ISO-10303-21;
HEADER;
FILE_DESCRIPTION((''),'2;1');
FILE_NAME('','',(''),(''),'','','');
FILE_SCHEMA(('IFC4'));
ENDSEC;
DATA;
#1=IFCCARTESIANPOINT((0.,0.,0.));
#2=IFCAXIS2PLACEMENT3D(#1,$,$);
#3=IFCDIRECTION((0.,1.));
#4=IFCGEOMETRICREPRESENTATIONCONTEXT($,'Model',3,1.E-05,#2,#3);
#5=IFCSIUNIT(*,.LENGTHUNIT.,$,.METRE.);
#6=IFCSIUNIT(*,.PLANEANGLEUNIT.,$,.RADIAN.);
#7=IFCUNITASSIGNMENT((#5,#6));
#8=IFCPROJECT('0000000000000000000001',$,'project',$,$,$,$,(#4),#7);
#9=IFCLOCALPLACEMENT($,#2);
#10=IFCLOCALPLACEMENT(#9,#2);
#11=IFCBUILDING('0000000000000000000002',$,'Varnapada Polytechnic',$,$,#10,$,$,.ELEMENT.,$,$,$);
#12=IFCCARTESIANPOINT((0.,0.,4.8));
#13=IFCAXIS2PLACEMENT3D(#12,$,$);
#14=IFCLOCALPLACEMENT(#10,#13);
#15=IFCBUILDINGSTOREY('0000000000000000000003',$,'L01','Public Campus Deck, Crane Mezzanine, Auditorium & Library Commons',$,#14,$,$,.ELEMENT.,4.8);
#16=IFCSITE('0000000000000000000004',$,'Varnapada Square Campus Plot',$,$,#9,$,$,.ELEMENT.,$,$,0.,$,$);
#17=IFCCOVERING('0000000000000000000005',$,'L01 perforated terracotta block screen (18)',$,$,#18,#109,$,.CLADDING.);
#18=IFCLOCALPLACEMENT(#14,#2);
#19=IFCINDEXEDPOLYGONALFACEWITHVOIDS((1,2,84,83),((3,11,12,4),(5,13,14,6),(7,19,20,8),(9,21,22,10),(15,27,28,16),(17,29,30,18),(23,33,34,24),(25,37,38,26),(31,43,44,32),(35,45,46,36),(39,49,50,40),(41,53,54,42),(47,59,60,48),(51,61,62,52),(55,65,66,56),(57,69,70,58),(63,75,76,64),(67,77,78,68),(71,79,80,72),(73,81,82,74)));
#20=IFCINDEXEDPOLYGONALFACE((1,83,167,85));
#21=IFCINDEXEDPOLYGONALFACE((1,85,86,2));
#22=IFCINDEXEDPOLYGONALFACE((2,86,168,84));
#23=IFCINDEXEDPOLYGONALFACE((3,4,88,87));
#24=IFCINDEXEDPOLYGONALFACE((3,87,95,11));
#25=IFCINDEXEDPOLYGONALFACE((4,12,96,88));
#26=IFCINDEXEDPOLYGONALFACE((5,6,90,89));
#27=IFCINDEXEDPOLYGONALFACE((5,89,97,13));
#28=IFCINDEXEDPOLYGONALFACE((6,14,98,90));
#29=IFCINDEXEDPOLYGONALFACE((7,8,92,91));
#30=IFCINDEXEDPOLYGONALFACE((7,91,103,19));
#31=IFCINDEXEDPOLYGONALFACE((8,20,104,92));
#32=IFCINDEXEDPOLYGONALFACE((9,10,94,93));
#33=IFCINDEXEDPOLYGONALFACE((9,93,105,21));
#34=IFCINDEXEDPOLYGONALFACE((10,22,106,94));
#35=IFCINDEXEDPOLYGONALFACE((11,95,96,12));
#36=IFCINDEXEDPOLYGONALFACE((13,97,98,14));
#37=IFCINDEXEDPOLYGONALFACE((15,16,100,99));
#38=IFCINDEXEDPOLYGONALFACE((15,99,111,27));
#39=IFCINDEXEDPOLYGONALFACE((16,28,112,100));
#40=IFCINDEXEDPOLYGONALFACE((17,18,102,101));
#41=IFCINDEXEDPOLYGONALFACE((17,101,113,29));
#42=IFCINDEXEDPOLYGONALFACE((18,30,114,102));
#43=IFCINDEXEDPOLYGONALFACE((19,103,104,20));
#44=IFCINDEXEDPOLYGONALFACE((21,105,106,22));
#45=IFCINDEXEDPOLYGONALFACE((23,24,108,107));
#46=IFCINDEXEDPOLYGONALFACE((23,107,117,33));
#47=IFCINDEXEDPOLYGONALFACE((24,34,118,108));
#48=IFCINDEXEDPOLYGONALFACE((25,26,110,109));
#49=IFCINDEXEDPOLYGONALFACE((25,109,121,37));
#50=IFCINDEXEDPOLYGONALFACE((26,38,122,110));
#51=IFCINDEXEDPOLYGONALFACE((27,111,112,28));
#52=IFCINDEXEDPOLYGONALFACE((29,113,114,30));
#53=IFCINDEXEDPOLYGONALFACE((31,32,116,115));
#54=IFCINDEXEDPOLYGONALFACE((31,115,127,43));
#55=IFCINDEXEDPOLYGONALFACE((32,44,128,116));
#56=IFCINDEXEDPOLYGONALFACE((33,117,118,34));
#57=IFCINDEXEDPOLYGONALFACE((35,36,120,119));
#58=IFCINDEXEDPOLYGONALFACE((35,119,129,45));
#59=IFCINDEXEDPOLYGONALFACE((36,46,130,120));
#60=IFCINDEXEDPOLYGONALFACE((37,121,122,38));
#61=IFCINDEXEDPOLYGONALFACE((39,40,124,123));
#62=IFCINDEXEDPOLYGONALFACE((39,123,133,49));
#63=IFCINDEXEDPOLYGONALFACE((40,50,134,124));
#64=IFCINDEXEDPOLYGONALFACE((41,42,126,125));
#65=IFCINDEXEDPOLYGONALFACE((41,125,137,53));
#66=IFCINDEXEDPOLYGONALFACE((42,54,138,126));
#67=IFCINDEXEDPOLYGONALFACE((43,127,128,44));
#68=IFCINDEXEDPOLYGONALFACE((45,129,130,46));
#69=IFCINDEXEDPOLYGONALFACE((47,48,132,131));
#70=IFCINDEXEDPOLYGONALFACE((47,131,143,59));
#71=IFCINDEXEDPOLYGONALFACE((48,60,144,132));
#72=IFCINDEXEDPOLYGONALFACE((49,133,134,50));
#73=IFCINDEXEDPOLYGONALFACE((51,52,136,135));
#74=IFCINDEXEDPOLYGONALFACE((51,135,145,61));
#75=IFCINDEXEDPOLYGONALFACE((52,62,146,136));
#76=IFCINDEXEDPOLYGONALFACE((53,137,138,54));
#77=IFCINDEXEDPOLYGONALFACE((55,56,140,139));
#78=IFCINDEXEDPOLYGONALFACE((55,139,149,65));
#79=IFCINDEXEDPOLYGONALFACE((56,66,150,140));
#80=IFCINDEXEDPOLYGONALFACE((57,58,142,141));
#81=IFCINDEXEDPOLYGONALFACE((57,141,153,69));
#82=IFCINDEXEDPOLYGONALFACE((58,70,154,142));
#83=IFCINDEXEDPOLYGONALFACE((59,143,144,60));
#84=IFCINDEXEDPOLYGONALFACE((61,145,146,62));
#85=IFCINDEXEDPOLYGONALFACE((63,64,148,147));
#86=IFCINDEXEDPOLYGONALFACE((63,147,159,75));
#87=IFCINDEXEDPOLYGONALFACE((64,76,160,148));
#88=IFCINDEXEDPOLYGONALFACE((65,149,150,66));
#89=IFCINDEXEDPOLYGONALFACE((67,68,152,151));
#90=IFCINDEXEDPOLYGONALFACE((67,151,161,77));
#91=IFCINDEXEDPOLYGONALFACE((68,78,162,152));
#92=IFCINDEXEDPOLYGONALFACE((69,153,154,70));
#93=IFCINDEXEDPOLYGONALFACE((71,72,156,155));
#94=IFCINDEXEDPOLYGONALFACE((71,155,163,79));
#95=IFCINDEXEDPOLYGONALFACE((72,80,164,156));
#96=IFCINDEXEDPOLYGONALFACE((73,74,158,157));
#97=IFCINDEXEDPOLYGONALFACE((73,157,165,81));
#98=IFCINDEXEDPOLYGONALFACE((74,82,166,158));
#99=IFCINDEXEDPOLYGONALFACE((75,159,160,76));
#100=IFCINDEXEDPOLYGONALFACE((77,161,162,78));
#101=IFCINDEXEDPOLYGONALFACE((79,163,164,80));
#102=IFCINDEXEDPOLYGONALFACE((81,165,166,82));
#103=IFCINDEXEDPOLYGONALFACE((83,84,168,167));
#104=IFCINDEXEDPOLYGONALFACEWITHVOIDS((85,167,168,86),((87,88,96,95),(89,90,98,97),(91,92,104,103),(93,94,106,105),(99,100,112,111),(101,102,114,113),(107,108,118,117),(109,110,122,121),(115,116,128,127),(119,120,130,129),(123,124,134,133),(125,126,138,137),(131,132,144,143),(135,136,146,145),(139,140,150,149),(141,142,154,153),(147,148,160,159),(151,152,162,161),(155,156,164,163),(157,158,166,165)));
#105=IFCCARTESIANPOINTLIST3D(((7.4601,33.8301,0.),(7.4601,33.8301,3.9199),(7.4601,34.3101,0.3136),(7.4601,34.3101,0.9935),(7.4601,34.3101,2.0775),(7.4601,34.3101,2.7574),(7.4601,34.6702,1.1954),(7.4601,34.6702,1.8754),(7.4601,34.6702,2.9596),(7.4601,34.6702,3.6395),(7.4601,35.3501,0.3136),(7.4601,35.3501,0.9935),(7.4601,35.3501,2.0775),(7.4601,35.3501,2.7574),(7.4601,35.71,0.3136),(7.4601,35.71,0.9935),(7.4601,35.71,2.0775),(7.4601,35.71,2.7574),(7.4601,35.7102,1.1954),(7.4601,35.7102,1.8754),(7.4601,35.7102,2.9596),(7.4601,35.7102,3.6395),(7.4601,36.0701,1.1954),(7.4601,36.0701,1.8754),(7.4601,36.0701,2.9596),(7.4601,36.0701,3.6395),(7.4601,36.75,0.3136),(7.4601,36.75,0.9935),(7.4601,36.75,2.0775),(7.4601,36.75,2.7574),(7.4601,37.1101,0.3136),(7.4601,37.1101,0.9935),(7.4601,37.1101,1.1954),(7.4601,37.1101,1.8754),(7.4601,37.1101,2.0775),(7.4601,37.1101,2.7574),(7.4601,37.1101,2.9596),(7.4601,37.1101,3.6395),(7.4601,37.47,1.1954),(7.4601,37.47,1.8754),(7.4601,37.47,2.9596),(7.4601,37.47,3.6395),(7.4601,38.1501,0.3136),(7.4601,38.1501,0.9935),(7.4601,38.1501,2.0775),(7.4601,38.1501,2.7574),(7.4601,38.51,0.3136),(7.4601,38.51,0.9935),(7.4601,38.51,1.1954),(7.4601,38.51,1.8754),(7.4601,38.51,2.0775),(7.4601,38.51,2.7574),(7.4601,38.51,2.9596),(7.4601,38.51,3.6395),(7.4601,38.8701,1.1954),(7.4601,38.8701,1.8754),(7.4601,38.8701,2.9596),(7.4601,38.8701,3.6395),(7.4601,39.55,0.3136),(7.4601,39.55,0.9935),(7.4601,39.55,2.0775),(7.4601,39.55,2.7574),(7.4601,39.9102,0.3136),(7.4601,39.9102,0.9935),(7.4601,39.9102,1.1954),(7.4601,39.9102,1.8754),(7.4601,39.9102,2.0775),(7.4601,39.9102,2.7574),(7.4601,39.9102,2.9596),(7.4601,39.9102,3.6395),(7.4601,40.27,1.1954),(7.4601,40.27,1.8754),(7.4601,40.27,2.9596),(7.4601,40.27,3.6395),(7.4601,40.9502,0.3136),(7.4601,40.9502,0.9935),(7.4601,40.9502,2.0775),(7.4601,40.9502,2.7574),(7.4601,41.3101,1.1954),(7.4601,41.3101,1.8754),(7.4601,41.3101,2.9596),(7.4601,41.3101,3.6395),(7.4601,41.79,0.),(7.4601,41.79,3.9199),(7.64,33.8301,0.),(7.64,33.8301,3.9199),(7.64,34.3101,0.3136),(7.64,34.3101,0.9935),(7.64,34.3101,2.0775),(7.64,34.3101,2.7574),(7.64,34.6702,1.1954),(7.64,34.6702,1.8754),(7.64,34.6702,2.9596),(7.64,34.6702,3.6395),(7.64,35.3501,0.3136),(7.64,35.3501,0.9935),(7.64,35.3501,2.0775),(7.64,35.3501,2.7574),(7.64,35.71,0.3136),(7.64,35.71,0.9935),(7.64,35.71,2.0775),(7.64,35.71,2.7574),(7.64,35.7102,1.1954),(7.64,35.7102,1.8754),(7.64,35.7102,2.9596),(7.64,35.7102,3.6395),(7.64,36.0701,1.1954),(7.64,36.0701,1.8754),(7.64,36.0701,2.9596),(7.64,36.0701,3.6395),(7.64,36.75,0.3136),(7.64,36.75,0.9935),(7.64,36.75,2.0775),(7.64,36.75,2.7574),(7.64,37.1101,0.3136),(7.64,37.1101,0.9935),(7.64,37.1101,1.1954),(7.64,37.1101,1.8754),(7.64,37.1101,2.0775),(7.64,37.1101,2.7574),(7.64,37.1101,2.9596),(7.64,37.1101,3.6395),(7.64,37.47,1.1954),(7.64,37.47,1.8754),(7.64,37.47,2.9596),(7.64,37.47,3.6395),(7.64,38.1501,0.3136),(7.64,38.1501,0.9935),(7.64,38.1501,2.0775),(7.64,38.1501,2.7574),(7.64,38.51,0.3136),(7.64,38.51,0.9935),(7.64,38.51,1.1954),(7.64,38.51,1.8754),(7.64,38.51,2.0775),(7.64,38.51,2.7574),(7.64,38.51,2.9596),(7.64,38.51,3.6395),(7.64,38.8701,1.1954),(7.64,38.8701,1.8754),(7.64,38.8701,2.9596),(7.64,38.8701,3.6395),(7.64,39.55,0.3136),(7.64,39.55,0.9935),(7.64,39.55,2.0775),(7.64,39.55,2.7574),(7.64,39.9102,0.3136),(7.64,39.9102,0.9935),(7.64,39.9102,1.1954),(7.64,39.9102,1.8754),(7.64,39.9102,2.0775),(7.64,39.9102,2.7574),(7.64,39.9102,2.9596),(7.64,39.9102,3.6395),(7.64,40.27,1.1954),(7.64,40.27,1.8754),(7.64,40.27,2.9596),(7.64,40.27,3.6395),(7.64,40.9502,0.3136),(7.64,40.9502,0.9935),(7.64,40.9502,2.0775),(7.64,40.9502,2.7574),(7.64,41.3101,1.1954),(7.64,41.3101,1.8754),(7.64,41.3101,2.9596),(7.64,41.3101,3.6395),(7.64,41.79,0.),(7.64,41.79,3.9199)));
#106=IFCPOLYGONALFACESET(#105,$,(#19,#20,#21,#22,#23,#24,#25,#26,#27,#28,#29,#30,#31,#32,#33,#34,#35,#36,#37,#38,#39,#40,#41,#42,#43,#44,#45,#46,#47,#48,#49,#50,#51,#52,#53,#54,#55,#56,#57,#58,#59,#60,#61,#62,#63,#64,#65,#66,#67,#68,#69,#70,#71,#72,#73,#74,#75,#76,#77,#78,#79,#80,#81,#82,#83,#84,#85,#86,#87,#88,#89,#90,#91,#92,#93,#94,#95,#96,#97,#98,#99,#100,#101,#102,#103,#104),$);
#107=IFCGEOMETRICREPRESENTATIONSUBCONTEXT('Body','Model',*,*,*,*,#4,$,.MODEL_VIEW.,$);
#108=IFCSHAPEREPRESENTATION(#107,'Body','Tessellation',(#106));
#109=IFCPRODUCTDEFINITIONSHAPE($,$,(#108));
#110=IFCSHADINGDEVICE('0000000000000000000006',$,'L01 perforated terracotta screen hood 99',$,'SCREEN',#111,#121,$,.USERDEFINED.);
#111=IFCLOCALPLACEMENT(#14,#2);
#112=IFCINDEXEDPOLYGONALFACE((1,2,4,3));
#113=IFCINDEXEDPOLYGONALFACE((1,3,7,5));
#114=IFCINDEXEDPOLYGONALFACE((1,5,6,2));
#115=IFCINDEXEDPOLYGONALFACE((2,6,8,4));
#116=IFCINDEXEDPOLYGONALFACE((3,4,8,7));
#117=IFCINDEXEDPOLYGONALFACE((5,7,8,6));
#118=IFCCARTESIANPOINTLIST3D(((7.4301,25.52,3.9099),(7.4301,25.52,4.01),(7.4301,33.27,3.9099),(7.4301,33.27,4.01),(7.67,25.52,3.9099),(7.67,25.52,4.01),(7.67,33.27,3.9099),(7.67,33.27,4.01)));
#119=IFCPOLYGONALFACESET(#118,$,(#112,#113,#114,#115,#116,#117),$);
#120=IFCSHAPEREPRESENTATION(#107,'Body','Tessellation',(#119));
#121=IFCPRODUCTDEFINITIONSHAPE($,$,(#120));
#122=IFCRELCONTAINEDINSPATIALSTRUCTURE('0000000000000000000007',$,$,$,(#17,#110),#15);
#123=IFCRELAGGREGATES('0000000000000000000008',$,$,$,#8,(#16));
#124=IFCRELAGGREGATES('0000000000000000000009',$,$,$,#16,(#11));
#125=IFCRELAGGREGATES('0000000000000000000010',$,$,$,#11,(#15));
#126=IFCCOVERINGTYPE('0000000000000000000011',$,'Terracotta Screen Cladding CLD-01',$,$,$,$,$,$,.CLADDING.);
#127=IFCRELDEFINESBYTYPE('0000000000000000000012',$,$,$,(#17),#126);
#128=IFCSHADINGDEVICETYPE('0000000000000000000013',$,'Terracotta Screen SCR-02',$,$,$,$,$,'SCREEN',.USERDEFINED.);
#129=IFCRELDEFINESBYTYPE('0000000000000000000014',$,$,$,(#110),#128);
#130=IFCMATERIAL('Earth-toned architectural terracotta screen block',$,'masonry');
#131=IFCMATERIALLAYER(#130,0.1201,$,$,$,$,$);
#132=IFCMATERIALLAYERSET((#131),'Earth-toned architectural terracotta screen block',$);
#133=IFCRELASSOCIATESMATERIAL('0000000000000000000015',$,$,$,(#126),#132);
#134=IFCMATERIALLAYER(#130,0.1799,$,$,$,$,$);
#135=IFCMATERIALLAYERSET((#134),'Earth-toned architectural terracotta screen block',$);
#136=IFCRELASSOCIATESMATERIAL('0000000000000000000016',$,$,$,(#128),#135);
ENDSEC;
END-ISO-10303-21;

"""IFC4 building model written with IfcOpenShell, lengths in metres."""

from ifc_helpers import new_model, si_unit, direction, frame, frame_2d, origin, origin_2d, place, context, subcontext, project, spatial, rectangle, extrude, material, layer, layer_set, type_object, element, save


model = new_model("IFC4")

# Units and contexts
model_context = context("Model", 3, precision=1e-05, world=origin(), true_north=direction((0.0, 1.0)))
body_context = subcontext(model_context, "Body", "Model", "MODEL_VIEW")
ifc_project = project(units=[si_unit("LENGTHUNIT", "METRE"), si_unit("PLANEANGLEUNIT", "RADIAN")], contexts=[model_context])

# Site, building, storey
site_placement = place(None, origin())
site = spatial("IfcSite", under=ifc_project, at=site_placement, Name="Varnapada Square Campus Plot", CompositionType="ELEMENT", RefElevation=0.0)
building_placement = place(site_placement, origin())
building = spatial("IfcBuilding", under=site, at=building_placement, Name="Varnapada Polytechnic", CompositionType="ELEMENT")
storey_placement = place(building_placement, frame((0.0, 0.0, 4.8)))
storey = spatial("IfcBuildingStorey", under=building, at=storey_placement, Name="L01", Description="Public Campus Deck, Crane Mezzanine, Auditorium & Library Commons", CompositionType="ELEMENT", Elevation=4.8)

# Covering, openings
ifc_material_1 = material(Name="Earth-toned architectural terracotta screen block", Category="masonry")
ifc_layer_1 = layer(ifc_material_1, 0.1201)
ifc_layer_set_1 = layer_set([ifc_layer_1], Name="Earth-toned architectural terracotta screen block")
covering_type = type_object("IfcCoveringType", Name="Terracotta Screen Cladding CLD-01", PredefinedType="CLADDING", material=ifc_layer_set_1)
covering_placement = place(storey_placement, frame((7.55, 33.8301, 0.0), z_axis=(0.0, 0.0, 1.0), x_axis=(0.0, 1.0, 0.0)))
covering = element("IfcCovering", 1, at=covering_placement, inside=storey, type_object=covering_type, Name="L01 perforated terracotta block screen (18)", PredefinedType="CLADDING", context=body_context, shape_type="SweptSolid", body=[
    extrude(rectangle(XDim=7.96, YDim=0.1799, at=frame_2d((3.98, 0.0))), origin(), (0.0, 0.0, 1.0), 3.9199),
])
opening_1_placement = place(covering_placement, frame((0.48, 0.0, 0.3137)))
element("IfcOpeningElement", 2, at=opening_1_placement, cuts=covering, PredefinedType="OPENING", context=body_context, shape_type="SweptSolid", body=[
    extrude(rectangle(XDim=1.04, YDim=0.6799, at=frame_2d((0.52, 0.3398))), frame((0.0, 0.0999, 0.0), z_axis=(0.0, -1.0, 0.0), x_axis=(1.0, 0.0, 0.0)), (0.0, 0.0, 1.0), 0.2),
])
opening_2_placement = place(covering_placement, frame((1.8799, 0.0, 0.3137)))
element("IfcOpeningElement", 3, at=opening_2_placement, cuts=covering, PredefinedType="OPENING", context=body_context, shape_type="SweptSolid", body=[
    extrude(rectangle(XDim=1.04, YDim=0.6799, at=frame_2d((0.52, 0.3398))), frame((0.0, 0.0999, 0.0), z_axis=(0.0, -1.0, 0.0), x_axis=(1.0, 0.0, 0.0)), (0.0, 0.0, 1.0), 0.2),
])
opening_3_placement = place(covering_placement, frame((3.28, 0.0, 0.3137)))
element("IfcOpeningElement", 4, at=opening_3_placement, cuts=covering, PredefinedType="OPENING", context=body_context, shape_type="SweptSolid", body=[
    extrude(rectangle(XDim=1.04, YDim=0.6799, at=frame_2d((0.52, 0.3398))), frame((0.0, 0.0999, 0.0), z_axis=(0.0, -1.0, 0.0), x_axis=(1.0, 0.0, 0.0)), (0.0, 0.0, 1.0), 0.2),
])
opening_4_placement = place(covering_placement, frame((4.6799, 0.0, 0.3137)))
element("IfcOpeningElement", 5, at=opening_4_placement, cuts=covering, PredefinedType="OPENING", context=body_context, shape_type="SweptSolid", body=[
    extrude(rectangle(XDim=1.04, YDim=0.6799, at=frame_2d((0.52, 0.3398))), frame((0.0, 0.0999, 0.0), z_axis=(0.0, -1.0, 0.0), x_axis=(1.0, 0.0, 0.0)), (0.0, 0.0, 1.0), 0.2),
])
opening_5_placement = place(covering_placement, frame((6.0801, 0.0, 0.3137)))
element("IfcOpeningElement", 6, at=opening_5_placement, cuts=covering, PredefinedType="OPENING", context=body_context, shape_type="SweptSolid", body=[
    extrude(rectangle(XDim=1.04, YDim=0.6799, at=frame_2d((0.52, 0.3398))), frame((0.0, 0.0999, 0.0), z_axis=(0.0, -1.0, 0.0), x_axis=(1.0, 0.0, 0.0)), (0.0, 0.0, 1.0), 0.2),
])
opening_6_placement = place(covering_placement, frame((0.8401, 0.0, 1.1956)))
element("IfcOpeningElement", 7, at=opening_6_placement, cuts=covering, PredefinedType="OPENING", context=body_context, shape_type="SweptSolid", body=[
    extrude(rectangle(XDim=1.04, YDim=0.6799, at=frame_2d((0.52, 0.3398))), frame((0.0, 0.0999, 0.0), z_axis=(0.0, -1.0, 0.0), x_axis=(1.0, 0.0, 0.0)), (0.0, 0.0, 1.0), 0.2),
])
opening_7_placement = place(covering_placement, frame((2.24, 0.0, 1.1956)))
element("IfcOpeningElement", 8, at=opening_7_placement, cuts=covering, PredefinedType="OPENING", context=body_context, shape_type="SweptSolid", body=[
    extrude(rectangle(XDim=1.04, YDim=0.6799, at=frame_2d((0.52, 0.3398))), frame((0.0, 0.0999, 0.0), z_axis=(0.0, -1.0, 0.0), x_axis=(1.0, 0.0, 0.0)), (0.0, 0.0, 1.0), 0.2),
])
opening_8_placement = place(covering_placement, frame((3.6399, 0.0, 1.1956)))
element("IfcOpeningElement", 9, at=opening_8_placement, cuts=covering, PredefinedType="OPENING", context=body_context, shape_type="SweptSolid", body=[
    extrude(rectangle(XDim=1.04, YDim=0.6799, at=frame_2d((0.52, 0.3398))), frame((0.0, 0.0999, 0.0), z_axis=(0.0, -1.0, 0.0), x_axis=(1.0, 0.0, 0.0)), (0.0, 0.0, 1.0), 0.2),
])
opening_9_placement = place(covering_placement, frame((5.04, 0.0, 1.1956)))
element("IfcOpeningElement", 10, at=opening_9_placement, cuts=covering, PredefinedType="OPENING", context=body_context, shape_type="SweptSolid", body=[
    extrude(rectangle(XDim=1.04, YDim=0.6799, at=frame_2d((0.52, 0.3398))), frame((0.0, 0.0999, 0.0), z_axis=(0.0, -1.0, 0.0), x_axis=(1.0, 0.0, 0.0)), (0.0, 0.0, 1.0), 0.2),
])
opening_10_placement = place(covering_placement, frame((6.4399, 0.0, 1.1956)))
element("IfcOpeningElement", 11, at=opening_10_placement, cuts=covering, PredefinedType="OPENING", context=body_context, shape_type="SweptSolid", body=[
    extrude(rectangle(XDim=1.04, YDim=0.6799, at=frame_2d((0.52, 0.3398))), frame((0.0, 0.0999, 0.0), z_axis=(0.0, -1.0, 0.0), x_axis=(1.0, 0.0, 0.0)), (0.0, 0.0, 1.0), 0.2),
])
opening_11_placement = place(covering_placement, frame((0.48, 0.0, 2.0776)))
element("IfcOpeningElement", 12, at=opening_11_placement, cuts=covering, PredefinedType="OPENING", context=body_context, shape_type="SweptSolid", body=[
    extrude(rectangle(XDim=1.04, YDim=0.6799, at=frame_2d((0.52, 0.3398))), frame((0.0, 0.0999, 0.0), z_axis=(0.0, -1.0, 0.0), x_axis=(1.0, 0.0, 0.0)), (0.0, 0.0, 1.0), 0.2),
])
opening_12_placement = place(covering_placement, frame((1.8799, 0.0, 2.0776)))
element("IfcOpeningElement", 13, at=opening_12_placement, cuts=covering, PredefinedType="OPENING", context=body_context, shape_type="SweptSolid", body=[
    extrude(rectangle(XDim=1.04, YDim=0.6799, at=frame_2d((0.52, 0.3398))), frame((0.0, 0.0999, 0.0), z_axis=(0.0, -1.0, 0.0), x_axis=(1.0, 0.0, 0.0)), (0.0, 0.0, 1.0), 0.2),
])
opening_13_placement = place(covering_placement, frame((3.28, 0.0, 2.0776)))
element("IfcOpeningElement", 14, at=opening_13_placement, cuts=covering, PredefinedType="OPENING", context=body_context, shape_type="SweptSolid", body=[
    extrude(rectangle(XDim=1.04, YDim=0.6799, at=frame_2d((0.52, 0.3398))), frame((0.0, 0.0999, 0.0), z_axis=(0.0, -1.0, 0.0), x_axis=(1.0, 0.0, 0.0)), (0.0, 0.0, 1.0), 0.2),
])
opening_14_placement = place(covering_placement, frame((4.6799, 0.0, 2.0776)))
element("IfcOpeningElement", 15, at=opening_14_placement, cuts=covering, PredefinedType="OPENING", context=body_context, shape_type="SweptSolid", body=[
    extrude(rectangle(XDim=1.04, YDim=0.6799, at=frame_2d((0.52, 0.3398))), frame((0.0, 0.0999, 0.0), z_axis=(0.0, -1.0, 0.0), x_axis=(1.0, 0.0, 0.0)), (0.0, 0.0, 1.0), 0.2),
])
opening_15_placement = place(covering_placement, frame((6.0801, 0.0, 2.0776)))
element("IfcOpeningElement", 16, at=opening_15_placement, cuts=covering, PredefinedType="OPENING", context=body_context, shape_type="SweptSolid", body=[
    extrude(rectangle(XDim=1.04, YDim=0.6799, at=frame_2d((0.52, 0.3398))), frame((0.0, 0.0999, 0.0), z_axis=(0.0, -1.0, 0.0), x_axis=(1.0, 0.0, 0.0)), (0.0, 0.0, 1.0), 0.2),
])
opening_16_placement = place(covering_placement, frame((0.8401, 0.0, 2.9597)))
element("IfcOpeningElement", 17, at=opening_16_placement, cuts=covering, PredefinedType="OPENING", context=body_context, shape_type="SweptSolid", body=[
    extrude(rectangle(XDim=1.04, YDim=0.6799, at=frame_2d((0.52, 0.3398))), frame((0.0, 0.0999, 0.0), z_axis=(0.0, -1.0, 0.0), x_axis=(1.0, 0.0, 0.0)), (0.0, 0.0, 1.0), 0.2),
])
opening_17_placement = place(covering_placement, frame((2.24, 0.0, 2.9597)))
element("IfcOpeningElement", 18, at=opening_17_placement, cuts=covering, PredefinedType="OPENING", context=body_context, shape_type="SweptSolid", body=[
    extrude(rectangle(XDim=1.04, YDim=0.6799, at=frame_2d((0.52, 0.3398))), frame((0.0, 0.0999, 0.0), z_axis=(0.0, -1.0, 0.0), x_axis=(1.0, 0.0, 0.0)), (0.0, 0.0, 1.0), 0.2),
])
opening_18_placement = place(covering_placement, frame((3.6399, 0.0, 2.9597)))
element("IfcOpeningElement", 19, at=opening_18_placement, cuts=covering, PredefinedType="OPENING", context=body_context, shape_type="SweptSolid", body=[
    extrude(rectangle(XDim=1.04, YDim=0.6799, at=frame_2d((0.52, 0.3398))), frame((0.0, 0.0999, 0.0), z_axis=(0.0, -1.0, 0.0), x_axis=(1.0, 0.0, 0.0)), (0.0, 0.0, 1.0), 0.2),
])
opening_19_placement = place(covering_placement, frame((5.04, 0.0, 2.9597)))
element("IfcOpeningElement", 20, at=opening_19_placement, cuts=covering, PredefinedType="OPENING", context=body_context, shape_type="SweptSolid", body=[
    extrude(rectangle(XDim=1.04, YDim=0.6799, at=frame_2d((0.52, 0.3398))), frame((0.0, 0.0999, 0.0), z_axis=(0.0, -1.0, 0.0), x_axis=(1.0, 0.0, 0.0)), (0.0, 0.0, 1.0), 0.2),
])
opening_20_placement = place(covering_placement, frame((6.4399, 0.0, 2.9597)))
element("IfcOpeningElement", 21, at=opening_20_placement, cuts=covering, PredefinedType="OPENING", context=body_context, shape_type="SweptSolid", body=[
    extrude(rectangle(XDim=1.04, YDim=0.6799, at=frame_2d((0.52, 0.3398))), frame((0.0, 0.0999, 0.0), z_axis=(0.0, -1.0, 0.0), x_axis=(1.0, 0.0, 0.0)), (0.0, 0.0, 1.0), 0.2),
])

# Shading device
ifc_layer_2 = layer(ifc_material_1, 0.1799)
ifc_layer_set_2 = layer_set([ifc_layer_2], Name="Earth-toned architectural terracotta screen block")
shading_device_type = type_object("IfcShadingDeviceType", Name="Terracotta Screen SCR-02", ElementType="SCREEN", PredefinedType="USERDEFINED", material=ifc_layer_set_2)
shading_device_placement = place(storey_placement, frame((7.55, 29.395, 3.9099), z_axis=(0.0, 0.0, 1.0), x_axis=(0.0, 1.0, 0.0)))
element("IfcShadingDevice", 22, at=shading_device_placement, inside=storey, type_object=shading_device_type, Name="L01 perforated terracotta screen hood 99", ObjectType="SCREEN", PredefinedType="USERDEFINED", context=body_context, shape_type="SweptSolid", body=[
    extrude(rectangle(XDim=7.75, YDim=0.24, at=origin_2d()), origin(), (0.0, 0.0, 1.0), 0.1001),
])

save(model, "model.ifc")
